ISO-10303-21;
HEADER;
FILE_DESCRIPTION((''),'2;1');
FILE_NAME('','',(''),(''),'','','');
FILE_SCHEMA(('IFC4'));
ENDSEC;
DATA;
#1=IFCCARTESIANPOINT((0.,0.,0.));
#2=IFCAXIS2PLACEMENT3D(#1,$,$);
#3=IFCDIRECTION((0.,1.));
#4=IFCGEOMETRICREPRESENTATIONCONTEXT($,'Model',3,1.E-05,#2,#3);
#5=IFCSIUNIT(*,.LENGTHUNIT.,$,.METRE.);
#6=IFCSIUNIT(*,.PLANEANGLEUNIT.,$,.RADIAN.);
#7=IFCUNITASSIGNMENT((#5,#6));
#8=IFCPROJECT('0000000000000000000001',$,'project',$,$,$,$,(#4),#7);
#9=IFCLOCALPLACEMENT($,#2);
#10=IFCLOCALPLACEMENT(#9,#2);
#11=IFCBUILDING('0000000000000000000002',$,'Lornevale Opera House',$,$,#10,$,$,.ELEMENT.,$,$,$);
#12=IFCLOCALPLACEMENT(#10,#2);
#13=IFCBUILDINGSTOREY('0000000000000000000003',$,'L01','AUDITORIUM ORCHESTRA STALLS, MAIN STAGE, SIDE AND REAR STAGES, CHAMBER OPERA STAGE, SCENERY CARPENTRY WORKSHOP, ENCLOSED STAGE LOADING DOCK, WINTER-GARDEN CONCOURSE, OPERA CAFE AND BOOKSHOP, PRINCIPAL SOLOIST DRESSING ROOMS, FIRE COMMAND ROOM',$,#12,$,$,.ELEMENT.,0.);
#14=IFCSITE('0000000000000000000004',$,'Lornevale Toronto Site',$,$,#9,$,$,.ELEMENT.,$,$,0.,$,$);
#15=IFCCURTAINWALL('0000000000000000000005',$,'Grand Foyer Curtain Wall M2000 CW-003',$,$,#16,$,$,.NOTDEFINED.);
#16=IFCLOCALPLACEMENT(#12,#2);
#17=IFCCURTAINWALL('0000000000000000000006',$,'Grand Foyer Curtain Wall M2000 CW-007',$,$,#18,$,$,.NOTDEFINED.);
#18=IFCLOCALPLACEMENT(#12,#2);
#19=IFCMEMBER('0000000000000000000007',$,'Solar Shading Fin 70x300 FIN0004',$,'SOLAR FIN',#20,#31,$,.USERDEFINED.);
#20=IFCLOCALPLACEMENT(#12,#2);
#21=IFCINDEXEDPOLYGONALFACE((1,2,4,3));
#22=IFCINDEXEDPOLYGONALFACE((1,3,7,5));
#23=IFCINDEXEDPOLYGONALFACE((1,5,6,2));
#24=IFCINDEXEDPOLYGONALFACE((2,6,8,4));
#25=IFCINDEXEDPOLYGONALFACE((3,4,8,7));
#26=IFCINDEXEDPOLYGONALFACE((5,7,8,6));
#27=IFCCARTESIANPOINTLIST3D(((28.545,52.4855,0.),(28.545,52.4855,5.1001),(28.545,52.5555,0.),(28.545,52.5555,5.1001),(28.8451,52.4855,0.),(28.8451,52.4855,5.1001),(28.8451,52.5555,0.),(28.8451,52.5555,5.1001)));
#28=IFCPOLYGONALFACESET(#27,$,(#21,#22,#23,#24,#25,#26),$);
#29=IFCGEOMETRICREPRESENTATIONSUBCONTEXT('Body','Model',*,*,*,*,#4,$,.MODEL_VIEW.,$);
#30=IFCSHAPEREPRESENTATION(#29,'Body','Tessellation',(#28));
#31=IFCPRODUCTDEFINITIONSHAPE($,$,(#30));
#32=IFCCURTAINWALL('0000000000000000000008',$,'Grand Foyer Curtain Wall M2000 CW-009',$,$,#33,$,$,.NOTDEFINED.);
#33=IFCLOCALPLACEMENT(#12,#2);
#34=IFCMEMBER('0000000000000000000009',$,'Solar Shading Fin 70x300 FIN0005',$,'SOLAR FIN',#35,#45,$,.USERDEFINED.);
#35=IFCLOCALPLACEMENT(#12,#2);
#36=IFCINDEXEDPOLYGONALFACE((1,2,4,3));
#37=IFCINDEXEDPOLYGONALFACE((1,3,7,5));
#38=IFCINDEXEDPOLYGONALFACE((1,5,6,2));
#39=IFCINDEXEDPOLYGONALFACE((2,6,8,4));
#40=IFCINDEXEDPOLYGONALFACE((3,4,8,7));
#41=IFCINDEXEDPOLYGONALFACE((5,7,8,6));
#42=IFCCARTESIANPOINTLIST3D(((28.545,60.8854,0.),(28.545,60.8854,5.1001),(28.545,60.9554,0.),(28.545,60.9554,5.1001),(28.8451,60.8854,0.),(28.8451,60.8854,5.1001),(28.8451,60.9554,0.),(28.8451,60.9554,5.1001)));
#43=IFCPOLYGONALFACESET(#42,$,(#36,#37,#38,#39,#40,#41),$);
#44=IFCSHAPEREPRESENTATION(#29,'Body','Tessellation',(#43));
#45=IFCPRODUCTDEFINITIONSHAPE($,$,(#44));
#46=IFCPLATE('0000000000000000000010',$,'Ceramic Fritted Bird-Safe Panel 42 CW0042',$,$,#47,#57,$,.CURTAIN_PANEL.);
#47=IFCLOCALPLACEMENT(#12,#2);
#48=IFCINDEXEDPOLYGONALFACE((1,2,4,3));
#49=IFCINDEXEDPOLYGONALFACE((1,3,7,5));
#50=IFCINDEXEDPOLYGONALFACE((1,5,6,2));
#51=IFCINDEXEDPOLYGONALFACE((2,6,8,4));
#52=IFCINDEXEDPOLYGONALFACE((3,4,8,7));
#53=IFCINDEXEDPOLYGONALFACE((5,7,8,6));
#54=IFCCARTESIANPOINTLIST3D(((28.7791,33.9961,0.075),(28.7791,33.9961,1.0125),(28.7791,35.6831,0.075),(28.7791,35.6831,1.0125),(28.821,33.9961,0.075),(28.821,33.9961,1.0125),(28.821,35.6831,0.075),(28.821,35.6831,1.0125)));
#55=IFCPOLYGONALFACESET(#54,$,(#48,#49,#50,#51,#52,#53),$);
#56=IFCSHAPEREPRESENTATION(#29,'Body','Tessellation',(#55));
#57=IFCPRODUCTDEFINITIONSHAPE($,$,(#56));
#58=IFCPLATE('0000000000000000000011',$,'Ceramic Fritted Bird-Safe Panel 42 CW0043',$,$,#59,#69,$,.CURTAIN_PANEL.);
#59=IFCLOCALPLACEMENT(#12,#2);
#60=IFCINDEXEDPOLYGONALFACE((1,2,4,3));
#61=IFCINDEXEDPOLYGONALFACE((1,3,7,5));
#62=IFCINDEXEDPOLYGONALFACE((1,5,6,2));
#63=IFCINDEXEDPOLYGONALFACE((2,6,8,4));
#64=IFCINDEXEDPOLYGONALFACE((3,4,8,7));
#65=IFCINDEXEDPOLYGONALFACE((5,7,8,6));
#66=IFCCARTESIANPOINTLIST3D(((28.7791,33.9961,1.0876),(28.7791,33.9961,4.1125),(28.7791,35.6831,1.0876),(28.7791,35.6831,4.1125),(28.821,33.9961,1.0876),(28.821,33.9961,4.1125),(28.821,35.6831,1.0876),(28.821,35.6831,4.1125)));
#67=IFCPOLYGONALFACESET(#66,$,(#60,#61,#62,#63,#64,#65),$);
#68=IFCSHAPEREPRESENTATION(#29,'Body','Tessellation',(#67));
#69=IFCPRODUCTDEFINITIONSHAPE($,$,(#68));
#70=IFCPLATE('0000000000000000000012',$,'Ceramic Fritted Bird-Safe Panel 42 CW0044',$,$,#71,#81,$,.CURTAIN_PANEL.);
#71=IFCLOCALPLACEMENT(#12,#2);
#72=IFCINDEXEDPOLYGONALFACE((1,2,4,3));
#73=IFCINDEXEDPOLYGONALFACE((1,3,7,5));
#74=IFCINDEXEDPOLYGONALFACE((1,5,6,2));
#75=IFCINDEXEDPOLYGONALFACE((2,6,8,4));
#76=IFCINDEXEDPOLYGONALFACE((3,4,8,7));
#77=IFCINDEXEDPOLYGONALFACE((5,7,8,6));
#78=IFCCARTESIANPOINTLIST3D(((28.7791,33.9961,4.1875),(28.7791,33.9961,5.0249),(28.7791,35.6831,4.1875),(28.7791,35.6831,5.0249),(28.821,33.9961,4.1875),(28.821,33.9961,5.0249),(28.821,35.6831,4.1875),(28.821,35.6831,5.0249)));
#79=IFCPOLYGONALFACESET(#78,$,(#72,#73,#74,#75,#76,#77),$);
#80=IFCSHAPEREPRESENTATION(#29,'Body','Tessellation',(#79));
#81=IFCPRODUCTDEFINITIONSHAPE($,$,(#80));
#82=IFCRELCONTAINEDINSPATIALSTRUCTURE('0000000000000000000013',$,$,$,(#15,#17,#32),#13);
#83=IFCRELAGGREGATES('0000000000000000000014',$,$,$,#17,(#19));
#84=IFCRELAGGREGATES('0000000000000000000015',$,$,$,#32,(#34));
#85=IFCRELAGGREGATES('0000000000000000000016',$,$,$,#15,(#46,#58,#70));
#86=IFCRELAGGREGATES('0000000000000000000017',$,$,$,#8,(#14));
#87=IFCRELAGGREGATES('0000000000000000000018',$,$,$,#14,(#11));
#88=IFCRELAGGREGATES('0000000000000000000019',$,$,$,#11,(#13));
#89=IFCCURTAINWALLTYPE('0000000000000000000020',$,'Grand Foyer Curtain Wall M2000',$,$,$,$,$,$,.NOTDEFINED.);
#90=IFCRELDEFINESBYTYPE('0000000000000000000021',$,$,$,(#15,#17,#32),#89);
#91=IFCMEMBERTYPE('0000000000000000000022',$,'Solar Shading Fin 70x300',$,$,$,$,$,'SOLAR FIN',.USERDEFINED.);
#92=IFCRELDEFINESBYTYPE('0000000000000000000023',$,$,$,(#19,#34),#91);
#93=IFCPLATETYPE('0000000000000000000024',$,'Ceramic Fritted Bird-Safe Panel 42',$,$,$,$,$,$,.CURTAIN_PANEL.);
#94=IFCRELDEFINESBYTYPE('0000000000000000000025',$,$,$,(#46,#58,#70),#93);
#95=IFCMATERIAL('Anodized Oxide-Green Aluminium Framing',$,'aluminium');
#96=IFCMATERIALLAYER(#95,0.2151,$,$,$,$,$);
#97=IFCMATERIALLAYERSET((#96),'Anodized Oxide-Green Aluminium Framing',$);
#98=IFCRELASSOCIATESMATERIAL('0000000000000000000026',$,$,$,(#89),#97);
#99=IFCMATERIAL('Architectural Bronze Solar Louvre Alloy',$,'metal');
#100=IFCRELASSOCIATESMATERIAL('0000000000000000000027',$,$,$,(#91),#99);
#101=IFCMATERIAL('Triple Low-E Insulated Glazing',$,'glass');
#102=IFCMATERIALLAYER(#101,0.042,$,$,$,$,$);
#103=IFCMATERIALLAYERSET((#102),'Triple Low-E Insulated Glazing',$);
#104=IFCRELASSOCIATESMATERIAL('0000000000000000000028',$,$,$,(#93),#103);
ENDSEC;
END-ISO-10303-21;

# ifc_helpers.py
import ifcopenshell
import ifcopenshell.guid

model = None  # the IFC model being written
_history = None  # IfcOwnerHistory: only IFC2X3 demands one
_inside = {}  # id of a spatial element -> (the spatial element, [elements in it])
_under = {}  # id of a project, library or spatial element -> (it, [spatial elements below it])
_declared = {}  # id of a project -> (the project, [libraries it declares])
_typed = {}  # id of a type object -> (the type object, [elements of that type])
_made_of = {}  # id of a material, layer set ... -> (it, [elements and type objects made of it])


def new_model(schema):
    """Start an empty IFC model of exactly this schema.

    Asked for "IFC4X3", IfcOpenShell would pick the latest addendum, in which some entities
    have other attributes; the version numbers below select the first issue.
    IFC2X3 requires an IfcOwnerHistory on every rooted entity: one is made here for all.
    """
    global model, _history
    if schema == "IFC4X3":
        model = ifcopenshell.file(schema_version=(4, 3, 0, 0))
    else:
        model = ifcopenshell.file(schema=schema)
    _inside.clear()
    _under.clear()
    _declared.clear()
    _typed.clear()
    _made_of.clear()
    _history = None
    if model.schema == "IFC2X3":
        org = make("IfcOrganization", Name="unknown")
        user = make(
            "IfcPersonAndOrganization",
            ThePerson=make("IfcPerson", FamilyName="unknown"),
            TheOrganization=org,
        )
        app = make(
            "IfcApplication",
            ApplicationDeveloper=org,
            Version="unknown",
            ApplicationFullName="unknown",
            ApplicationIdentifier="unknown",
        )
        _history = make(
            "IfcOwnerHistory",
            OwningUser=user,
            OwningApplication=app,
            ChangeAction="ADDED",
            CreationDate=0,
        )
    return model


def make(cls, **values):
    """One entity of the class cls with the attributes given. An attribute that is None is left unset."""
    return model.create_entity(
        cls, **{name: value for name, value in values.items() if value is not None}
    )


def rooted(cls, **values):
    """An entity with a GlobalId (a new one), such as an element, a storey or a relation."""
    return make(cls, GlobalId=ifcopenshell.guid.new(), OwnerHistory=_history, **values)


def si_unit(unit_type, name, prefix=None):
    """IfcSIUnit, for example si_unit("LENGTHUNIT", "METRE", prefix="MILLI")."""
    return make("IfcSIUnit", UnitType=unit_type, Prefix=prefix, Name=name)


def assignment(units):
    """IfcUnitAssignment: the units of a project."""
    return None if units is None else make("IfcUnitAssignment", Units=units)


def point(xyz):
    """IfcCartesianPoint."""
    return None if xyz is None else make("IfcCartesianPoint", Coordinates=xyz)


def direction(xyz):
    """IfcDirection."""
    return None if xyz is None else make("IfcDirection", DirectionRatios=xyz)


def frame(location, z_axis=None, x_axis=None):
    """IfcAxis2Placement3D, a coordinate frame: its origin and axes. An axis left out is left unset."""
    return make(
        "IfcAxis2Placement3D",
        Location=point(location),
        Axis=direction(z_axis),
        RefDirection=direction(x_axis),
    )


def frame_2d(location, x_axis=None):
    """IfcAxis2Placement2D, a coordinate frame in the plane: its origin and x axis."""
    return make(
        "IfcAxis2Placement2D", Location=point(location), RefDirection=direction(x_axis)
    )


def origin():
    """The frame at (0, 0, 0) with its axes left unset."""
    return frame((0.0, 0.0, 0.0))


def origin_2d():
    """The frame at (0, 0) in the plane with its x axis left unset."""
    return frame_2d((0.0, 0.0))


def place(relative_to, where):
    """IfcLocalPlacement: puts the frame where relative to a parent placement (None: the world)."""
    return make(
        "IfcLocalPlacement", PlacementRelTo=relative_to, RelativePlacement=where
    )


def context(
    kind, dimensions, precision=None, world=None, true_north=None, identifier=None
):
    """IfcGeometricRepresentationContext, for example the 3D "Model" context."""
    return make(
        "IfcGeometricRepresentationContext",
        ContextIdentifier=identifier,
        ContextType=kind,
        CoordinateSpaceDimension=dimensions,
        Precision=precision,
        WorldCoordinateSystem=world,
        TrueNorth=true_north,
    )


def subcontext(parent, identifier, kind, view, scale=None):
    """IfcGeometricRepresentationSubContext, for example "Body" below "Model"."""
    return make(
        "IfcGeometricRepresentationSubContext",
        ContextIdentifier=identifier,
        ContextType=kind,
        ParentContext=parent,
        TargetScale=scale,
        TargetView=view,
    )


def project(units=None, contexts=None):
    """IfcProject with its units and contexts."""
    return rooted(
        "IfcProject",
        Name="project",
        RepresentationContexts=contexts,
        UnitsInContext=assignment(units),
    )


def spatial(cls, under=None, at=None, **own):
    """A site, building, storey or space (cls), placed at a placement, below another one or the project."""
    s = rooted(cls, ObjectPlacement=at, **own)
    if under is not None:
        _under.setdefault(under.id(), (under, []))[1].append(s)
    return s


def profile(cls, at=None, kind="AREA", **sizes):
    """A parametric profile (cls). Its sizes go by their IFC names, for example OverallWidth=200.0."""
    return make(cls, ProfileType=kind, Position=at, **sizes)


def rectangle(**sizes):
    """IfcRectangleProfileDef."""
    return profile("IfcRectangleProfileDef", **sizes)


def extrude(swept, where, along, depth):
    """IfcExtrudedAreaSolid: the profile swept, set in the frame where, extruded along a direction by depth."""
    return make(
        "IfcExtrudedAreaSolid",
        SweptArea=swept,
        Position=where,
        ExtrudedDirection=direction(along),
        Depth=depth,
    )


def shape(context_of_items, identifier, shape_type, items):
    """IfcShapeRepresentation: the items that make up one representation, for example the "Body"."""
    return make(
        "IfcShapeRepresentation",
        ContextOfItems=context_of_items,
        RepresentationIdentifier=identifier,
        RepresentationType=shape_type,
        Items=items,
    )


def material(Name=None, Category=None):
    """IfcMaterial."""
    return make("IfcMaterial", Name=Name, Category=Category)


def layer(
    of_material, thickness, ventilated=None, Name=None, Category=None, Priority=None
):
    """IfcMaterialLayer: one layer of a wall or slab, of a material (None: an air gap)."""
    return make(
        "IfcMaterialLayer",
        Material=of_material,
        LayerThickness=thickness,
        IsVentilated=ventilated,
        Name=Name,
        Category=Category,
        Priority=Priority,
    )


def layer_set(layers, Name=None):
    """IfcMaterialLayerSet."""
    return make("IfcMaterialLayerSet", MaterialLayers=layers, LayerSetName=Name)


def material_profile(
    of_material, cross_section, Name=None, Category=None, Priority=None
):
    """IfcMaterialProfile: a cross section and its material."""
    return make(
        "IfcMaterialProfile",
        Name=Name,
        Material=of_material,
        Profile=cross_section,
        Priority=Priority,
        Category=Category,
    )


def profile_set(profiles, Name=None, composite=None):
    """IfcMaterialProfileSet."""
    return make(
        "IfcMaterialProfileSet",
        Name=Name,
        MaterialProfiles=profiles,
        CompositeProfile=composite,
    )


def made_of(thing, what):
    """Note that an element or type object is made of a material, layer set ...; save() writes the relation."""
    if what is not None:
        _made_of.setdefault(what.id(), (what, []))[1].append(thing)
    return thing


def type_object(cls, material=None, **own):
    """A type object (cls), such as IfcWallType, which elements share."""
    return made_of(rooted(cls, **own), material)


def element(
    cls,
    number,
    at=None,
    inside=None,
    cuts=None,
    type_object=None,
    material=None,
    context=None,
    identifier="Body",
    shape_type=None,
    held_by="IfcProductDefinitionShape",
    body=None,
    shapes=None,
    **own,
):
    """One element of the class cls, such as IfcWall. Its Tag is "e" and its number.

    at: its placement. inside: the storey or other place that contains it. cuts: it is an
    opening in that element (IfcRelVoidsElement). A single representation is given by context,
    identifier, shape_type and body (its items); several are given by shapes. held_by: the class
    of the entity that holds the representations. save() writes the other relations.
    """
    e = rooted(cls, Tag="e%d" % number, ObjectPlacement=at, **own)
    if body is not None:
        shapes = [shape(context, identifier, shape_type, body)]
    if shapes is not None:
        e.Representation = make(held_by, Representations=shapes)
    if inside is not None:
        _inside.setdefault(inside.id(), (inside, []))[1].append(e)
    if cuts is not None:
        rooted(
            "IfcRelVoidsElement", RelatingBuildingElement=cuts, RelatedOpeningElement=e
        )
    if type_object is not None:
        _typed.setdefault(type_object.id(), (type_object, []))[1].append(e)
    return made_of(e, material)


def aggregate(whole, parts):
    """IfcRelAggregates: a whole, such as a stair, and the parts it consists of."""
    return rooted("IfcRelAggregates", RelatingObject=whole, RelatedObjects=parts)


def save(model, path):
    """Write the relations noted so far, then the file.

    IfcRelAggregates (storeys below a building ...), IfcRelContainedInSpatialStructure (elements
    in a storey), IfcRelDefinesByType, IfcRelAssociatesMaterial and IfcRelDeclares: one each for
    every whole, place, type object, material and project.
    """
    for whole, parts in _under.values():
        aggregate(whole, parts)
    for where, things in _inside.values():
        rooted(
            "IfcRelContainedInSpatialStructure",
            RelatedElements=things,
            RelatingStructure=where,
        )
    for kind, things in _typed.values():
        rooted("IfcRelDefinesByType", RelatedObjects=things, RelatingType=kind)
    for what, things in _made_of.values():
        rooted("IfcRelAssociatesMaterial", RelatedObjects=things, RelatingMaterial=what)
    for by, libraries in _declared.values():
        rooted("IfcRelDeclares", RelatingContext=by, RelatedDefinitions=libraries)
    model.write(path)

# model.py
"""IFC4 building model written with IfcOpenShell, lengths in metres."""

from ifc_helpers import new_model, si_unit, direction, frame, origin, origin_2d, place, context, subcontext, project, spatial, rectangle, extrude, material, layer, layer_set, material_profile, profile_set, type_object, element, aggregate, save


model = new_model("IFC4")

# Units and contexts
model_context = context("Model", 3, precision=1e-05, world=origin(), true_north=direction((0.0, 1.0)))
body_context = subcontext(model_context, "Body", "Model", "MODEL_VIEW")
ifc_project = project(units=[si_unit("LENGTHUNIT", "METRE"), si_unit("PLANEANGLEUNIT", "RADIAN")], contexts=[model_context])

# Site, building, storey
site_placement = place(None, origin())
site = spatial("IfcSite", under=ifc_project, at=site_placement, Name="Lornevale Toronto Site", CompositionType="ELEMENT", RefElevation=0.0)
building_placement = place(site_placement, origin())
building = spatial("IfcBuilding", under=site, at=building_placement, Name="Lornevale Opera House", CompositionType="ELEMENT")
storey_placement = place(building_placement, origin())
storey = spatial("IfcBuildingStorey", under=building, at=storey_placement, Name="L01", Description="AUDITORIUM ORCHESTRA STALLS, MAIN STAGE, SIDE AND REAR STAGES, CHAMBER OPERA STAGE, SCENERY CARPENTRY WORKSHOP, ENCLOSED STAGE LOADING DOCK, WINTER-GARDEN CONCOURSE, OPERA CAFE AND BOOKSHOP, PRINCIPAL SOLOIST DRESSING ROOMS, FIRE COMMAND ROOM", CompositionType="ELEMENT", Elevation=0.0)

# Curtain wall
ifc_material_1 = material(Name="Anodized Oxide-Green Aluminium Framing", Category="aluminium")
ifc_layer_1 = layer(ifc_material_1, 0.2151)
ifc_layer_set_1 = layer_set([ifc_layer_1], Name="Anodized Oxide-Green Aluminium Framing")
curtain_wall_type = type_object("IfcCurtainWallType", Name="Grand Foyer Curtain Wall M2000", PredefinedType="NOTDEFINED", material=ifc_layer_set_1)
curtain_wall_1_placement = place(storey_placement, origin())
curtain_wall_1 = element("IfcCurtainWall", 1, at=curtain_wall_1_placement, inside=storey, type_object=curtain_wall_type, Name="Grand Foyer Curtain Wall M2000 CW-003", PredefinedType="NOTDEFINED")
ifc_material_2 = material(Name="Architectural Bronze Solar Louvre Alloy", Category="metal")
ifc_material_profile_1 = material_profile(ifc_material_2, rectangle(XDim=0.0701, YDim=0.3, at=origin_2d()), Name="FIN70x300")
ifc_profile_set_1 = profile_set([ifc_material_profile_1], Name="Architectural Bronze Solar Louvre Alloy")
member_type_1 = type_object("IfcMemberType", Name="Solar Shading Fin 70x300", ElementType="SOLAR FIN", PredefinedType="USERDEFINED", material=ifc_profile_set_1)

# Curtain walls, members
curtain_wall_2_placement = place(storey_placement, origin())
curtain_wall_2 = element("IfcCurtainWall", 2, at=curtain_wall_2_placement, inside=storey, type_object=curtain_wall_type, Name="Grand Foyer Curtain Wall M2000 CW-007", PredefinedType="NOTDEFINED")
member_1_placement = place(storey_placement, frame((28.6951, 52.5205, 0.0), z_axis=(0.0, 0.0, 1.0), x_axis=(0.0, 1.0, 0.0)))
member_1 = element("IfcMember", 3, at=member_1_placement, type_object=member_type_1, Name="Solar Shading Fin 70x300 FIN0004", ObjectType="SOLAR FIN", PredefinedType="USERDEFINED", context=body_context, shape_type="SweptSolid", body=[
    extrude(rectangle(XDim=0.0701, YDim=0.3, at=origin_2d()), origin(), (0.0, 0.0, 1.0), 5.1001),
])
aggregate(curtain_wall_2, [member_1])
curtain_wall_3_placement = place(storey_placement, origin())
curtain_wall_3 = element("IfcCurtainWall", 4, at=curtain_wall_3_placement, inside=storey, type_object=curtain_wall_type, Name="Grand Foyer Curtain Wall M2000 CW-009", PredefinedType="NOTDEFINED")
member_2_placement = place(storey_placement, frame((28.6951, 60.9204, 0.0), z_axis=(0.0, 0.0, 1.0), x_axis=(0.0, 1.0, 0.0)))
member_2 = element("IfcMember", 5, at=member_2_placement, type_object=member_type_1, Name="Solar Shading Fin 70x300 FIN0005", ObjectType="SOLAR FIN", PredefinedType="USERDEFINED", context=body_context, shape_type="SweptSolid", body=[
    extrude(rectangle(XDim=0.0701, YDim=0.3, at=origin_2d()), origin(), (0.0, 0.0, 1.0), 5.1001),
])
aggregate(curtain_wall_3, [member_2])

# Plates
ifc_material_3 = material(Name="Triple Low-E Insulated Glazing", Category="glass")
ifc_layer_2 = layer(ifc_material_3, 0.042)
ifc_layer_set_2 = layer_set([ifc_layer_2], Name="Triple Low-E Insulated Glazing")
plate_type = type_object("IfcPlateType", Name="Ceramic Fritted Bird-Safe Panel 42", PredefinedType="CURTAIN_PANEL", material=ifc_layer_set_2)
plate_1_placement = place(storey_placement, frame((28.8, 34.8396, 0.075), z_axis=(0.0, 0.0, 1.0), x_axis=(0.0, 1.0, 0.0)))
plate_1 = element("IfcPlate", 6, at=plate_1_placement, type_object=plate_type, Name="Ceramic Fritted Bird-Safe Panel 42 CW0042", PredefinedType="CURTAIN_PANEL", context=body_context, shape_type="SweptSolid", body=[
    extrude(rectangle(XDim=1.687, YDim=0.042, at=origin_2d()), origin(), (0.0, 0.0, 1.0), 0.9375),
])
plate_2_placement = place(storey_placement, frame((28.8, 34.8396, 1.0876), z_axis=(0.0, 0.0, 1.0), x_axis=(0.0, 1.0, 0.0)))
plate_2 = element("IfcPlate", 7, at=plate_2_placement, type_object=plate_type, Name="Ceramic Fritted Bird-Safe Panel 42 CW0043", PredefinedType="CURTAIN_PANEL", context=body_context, shape_type="SweptSolid", body=[
    extrude(rectangle(XDim=1.687, YDim=0.042, at=origin_2d()), origin(), (0.0, 0.0, 1.0), 3.0249),
])
plate_3_placement = place(storey_placement, frame((28.8, 34.8396, 4.1875), z_axis=(0.0, 0.0, 1.0), x_axis=(0.0, 1.0, 0.0)))
plate_3 = element("IfcPlate", 8, at=plate_3_placement, type_object=plate_type, Name="Ceramic Fritted Bird-Safe Panel 42 CW0044", PredefinedType="CURTAIN_PANEL", context=body_context, shape_type="SweptSolid", body=[
    extrude(rectangle(XDim=1.687, YDim=0.042, at=origin_2d()), origin(), (0.0, 0.0, 1.0), 0.8374),
])
aggregate(curtain_wall_1, [plate_1, plate_2, plate_3])

save(model, "model.ifc")
